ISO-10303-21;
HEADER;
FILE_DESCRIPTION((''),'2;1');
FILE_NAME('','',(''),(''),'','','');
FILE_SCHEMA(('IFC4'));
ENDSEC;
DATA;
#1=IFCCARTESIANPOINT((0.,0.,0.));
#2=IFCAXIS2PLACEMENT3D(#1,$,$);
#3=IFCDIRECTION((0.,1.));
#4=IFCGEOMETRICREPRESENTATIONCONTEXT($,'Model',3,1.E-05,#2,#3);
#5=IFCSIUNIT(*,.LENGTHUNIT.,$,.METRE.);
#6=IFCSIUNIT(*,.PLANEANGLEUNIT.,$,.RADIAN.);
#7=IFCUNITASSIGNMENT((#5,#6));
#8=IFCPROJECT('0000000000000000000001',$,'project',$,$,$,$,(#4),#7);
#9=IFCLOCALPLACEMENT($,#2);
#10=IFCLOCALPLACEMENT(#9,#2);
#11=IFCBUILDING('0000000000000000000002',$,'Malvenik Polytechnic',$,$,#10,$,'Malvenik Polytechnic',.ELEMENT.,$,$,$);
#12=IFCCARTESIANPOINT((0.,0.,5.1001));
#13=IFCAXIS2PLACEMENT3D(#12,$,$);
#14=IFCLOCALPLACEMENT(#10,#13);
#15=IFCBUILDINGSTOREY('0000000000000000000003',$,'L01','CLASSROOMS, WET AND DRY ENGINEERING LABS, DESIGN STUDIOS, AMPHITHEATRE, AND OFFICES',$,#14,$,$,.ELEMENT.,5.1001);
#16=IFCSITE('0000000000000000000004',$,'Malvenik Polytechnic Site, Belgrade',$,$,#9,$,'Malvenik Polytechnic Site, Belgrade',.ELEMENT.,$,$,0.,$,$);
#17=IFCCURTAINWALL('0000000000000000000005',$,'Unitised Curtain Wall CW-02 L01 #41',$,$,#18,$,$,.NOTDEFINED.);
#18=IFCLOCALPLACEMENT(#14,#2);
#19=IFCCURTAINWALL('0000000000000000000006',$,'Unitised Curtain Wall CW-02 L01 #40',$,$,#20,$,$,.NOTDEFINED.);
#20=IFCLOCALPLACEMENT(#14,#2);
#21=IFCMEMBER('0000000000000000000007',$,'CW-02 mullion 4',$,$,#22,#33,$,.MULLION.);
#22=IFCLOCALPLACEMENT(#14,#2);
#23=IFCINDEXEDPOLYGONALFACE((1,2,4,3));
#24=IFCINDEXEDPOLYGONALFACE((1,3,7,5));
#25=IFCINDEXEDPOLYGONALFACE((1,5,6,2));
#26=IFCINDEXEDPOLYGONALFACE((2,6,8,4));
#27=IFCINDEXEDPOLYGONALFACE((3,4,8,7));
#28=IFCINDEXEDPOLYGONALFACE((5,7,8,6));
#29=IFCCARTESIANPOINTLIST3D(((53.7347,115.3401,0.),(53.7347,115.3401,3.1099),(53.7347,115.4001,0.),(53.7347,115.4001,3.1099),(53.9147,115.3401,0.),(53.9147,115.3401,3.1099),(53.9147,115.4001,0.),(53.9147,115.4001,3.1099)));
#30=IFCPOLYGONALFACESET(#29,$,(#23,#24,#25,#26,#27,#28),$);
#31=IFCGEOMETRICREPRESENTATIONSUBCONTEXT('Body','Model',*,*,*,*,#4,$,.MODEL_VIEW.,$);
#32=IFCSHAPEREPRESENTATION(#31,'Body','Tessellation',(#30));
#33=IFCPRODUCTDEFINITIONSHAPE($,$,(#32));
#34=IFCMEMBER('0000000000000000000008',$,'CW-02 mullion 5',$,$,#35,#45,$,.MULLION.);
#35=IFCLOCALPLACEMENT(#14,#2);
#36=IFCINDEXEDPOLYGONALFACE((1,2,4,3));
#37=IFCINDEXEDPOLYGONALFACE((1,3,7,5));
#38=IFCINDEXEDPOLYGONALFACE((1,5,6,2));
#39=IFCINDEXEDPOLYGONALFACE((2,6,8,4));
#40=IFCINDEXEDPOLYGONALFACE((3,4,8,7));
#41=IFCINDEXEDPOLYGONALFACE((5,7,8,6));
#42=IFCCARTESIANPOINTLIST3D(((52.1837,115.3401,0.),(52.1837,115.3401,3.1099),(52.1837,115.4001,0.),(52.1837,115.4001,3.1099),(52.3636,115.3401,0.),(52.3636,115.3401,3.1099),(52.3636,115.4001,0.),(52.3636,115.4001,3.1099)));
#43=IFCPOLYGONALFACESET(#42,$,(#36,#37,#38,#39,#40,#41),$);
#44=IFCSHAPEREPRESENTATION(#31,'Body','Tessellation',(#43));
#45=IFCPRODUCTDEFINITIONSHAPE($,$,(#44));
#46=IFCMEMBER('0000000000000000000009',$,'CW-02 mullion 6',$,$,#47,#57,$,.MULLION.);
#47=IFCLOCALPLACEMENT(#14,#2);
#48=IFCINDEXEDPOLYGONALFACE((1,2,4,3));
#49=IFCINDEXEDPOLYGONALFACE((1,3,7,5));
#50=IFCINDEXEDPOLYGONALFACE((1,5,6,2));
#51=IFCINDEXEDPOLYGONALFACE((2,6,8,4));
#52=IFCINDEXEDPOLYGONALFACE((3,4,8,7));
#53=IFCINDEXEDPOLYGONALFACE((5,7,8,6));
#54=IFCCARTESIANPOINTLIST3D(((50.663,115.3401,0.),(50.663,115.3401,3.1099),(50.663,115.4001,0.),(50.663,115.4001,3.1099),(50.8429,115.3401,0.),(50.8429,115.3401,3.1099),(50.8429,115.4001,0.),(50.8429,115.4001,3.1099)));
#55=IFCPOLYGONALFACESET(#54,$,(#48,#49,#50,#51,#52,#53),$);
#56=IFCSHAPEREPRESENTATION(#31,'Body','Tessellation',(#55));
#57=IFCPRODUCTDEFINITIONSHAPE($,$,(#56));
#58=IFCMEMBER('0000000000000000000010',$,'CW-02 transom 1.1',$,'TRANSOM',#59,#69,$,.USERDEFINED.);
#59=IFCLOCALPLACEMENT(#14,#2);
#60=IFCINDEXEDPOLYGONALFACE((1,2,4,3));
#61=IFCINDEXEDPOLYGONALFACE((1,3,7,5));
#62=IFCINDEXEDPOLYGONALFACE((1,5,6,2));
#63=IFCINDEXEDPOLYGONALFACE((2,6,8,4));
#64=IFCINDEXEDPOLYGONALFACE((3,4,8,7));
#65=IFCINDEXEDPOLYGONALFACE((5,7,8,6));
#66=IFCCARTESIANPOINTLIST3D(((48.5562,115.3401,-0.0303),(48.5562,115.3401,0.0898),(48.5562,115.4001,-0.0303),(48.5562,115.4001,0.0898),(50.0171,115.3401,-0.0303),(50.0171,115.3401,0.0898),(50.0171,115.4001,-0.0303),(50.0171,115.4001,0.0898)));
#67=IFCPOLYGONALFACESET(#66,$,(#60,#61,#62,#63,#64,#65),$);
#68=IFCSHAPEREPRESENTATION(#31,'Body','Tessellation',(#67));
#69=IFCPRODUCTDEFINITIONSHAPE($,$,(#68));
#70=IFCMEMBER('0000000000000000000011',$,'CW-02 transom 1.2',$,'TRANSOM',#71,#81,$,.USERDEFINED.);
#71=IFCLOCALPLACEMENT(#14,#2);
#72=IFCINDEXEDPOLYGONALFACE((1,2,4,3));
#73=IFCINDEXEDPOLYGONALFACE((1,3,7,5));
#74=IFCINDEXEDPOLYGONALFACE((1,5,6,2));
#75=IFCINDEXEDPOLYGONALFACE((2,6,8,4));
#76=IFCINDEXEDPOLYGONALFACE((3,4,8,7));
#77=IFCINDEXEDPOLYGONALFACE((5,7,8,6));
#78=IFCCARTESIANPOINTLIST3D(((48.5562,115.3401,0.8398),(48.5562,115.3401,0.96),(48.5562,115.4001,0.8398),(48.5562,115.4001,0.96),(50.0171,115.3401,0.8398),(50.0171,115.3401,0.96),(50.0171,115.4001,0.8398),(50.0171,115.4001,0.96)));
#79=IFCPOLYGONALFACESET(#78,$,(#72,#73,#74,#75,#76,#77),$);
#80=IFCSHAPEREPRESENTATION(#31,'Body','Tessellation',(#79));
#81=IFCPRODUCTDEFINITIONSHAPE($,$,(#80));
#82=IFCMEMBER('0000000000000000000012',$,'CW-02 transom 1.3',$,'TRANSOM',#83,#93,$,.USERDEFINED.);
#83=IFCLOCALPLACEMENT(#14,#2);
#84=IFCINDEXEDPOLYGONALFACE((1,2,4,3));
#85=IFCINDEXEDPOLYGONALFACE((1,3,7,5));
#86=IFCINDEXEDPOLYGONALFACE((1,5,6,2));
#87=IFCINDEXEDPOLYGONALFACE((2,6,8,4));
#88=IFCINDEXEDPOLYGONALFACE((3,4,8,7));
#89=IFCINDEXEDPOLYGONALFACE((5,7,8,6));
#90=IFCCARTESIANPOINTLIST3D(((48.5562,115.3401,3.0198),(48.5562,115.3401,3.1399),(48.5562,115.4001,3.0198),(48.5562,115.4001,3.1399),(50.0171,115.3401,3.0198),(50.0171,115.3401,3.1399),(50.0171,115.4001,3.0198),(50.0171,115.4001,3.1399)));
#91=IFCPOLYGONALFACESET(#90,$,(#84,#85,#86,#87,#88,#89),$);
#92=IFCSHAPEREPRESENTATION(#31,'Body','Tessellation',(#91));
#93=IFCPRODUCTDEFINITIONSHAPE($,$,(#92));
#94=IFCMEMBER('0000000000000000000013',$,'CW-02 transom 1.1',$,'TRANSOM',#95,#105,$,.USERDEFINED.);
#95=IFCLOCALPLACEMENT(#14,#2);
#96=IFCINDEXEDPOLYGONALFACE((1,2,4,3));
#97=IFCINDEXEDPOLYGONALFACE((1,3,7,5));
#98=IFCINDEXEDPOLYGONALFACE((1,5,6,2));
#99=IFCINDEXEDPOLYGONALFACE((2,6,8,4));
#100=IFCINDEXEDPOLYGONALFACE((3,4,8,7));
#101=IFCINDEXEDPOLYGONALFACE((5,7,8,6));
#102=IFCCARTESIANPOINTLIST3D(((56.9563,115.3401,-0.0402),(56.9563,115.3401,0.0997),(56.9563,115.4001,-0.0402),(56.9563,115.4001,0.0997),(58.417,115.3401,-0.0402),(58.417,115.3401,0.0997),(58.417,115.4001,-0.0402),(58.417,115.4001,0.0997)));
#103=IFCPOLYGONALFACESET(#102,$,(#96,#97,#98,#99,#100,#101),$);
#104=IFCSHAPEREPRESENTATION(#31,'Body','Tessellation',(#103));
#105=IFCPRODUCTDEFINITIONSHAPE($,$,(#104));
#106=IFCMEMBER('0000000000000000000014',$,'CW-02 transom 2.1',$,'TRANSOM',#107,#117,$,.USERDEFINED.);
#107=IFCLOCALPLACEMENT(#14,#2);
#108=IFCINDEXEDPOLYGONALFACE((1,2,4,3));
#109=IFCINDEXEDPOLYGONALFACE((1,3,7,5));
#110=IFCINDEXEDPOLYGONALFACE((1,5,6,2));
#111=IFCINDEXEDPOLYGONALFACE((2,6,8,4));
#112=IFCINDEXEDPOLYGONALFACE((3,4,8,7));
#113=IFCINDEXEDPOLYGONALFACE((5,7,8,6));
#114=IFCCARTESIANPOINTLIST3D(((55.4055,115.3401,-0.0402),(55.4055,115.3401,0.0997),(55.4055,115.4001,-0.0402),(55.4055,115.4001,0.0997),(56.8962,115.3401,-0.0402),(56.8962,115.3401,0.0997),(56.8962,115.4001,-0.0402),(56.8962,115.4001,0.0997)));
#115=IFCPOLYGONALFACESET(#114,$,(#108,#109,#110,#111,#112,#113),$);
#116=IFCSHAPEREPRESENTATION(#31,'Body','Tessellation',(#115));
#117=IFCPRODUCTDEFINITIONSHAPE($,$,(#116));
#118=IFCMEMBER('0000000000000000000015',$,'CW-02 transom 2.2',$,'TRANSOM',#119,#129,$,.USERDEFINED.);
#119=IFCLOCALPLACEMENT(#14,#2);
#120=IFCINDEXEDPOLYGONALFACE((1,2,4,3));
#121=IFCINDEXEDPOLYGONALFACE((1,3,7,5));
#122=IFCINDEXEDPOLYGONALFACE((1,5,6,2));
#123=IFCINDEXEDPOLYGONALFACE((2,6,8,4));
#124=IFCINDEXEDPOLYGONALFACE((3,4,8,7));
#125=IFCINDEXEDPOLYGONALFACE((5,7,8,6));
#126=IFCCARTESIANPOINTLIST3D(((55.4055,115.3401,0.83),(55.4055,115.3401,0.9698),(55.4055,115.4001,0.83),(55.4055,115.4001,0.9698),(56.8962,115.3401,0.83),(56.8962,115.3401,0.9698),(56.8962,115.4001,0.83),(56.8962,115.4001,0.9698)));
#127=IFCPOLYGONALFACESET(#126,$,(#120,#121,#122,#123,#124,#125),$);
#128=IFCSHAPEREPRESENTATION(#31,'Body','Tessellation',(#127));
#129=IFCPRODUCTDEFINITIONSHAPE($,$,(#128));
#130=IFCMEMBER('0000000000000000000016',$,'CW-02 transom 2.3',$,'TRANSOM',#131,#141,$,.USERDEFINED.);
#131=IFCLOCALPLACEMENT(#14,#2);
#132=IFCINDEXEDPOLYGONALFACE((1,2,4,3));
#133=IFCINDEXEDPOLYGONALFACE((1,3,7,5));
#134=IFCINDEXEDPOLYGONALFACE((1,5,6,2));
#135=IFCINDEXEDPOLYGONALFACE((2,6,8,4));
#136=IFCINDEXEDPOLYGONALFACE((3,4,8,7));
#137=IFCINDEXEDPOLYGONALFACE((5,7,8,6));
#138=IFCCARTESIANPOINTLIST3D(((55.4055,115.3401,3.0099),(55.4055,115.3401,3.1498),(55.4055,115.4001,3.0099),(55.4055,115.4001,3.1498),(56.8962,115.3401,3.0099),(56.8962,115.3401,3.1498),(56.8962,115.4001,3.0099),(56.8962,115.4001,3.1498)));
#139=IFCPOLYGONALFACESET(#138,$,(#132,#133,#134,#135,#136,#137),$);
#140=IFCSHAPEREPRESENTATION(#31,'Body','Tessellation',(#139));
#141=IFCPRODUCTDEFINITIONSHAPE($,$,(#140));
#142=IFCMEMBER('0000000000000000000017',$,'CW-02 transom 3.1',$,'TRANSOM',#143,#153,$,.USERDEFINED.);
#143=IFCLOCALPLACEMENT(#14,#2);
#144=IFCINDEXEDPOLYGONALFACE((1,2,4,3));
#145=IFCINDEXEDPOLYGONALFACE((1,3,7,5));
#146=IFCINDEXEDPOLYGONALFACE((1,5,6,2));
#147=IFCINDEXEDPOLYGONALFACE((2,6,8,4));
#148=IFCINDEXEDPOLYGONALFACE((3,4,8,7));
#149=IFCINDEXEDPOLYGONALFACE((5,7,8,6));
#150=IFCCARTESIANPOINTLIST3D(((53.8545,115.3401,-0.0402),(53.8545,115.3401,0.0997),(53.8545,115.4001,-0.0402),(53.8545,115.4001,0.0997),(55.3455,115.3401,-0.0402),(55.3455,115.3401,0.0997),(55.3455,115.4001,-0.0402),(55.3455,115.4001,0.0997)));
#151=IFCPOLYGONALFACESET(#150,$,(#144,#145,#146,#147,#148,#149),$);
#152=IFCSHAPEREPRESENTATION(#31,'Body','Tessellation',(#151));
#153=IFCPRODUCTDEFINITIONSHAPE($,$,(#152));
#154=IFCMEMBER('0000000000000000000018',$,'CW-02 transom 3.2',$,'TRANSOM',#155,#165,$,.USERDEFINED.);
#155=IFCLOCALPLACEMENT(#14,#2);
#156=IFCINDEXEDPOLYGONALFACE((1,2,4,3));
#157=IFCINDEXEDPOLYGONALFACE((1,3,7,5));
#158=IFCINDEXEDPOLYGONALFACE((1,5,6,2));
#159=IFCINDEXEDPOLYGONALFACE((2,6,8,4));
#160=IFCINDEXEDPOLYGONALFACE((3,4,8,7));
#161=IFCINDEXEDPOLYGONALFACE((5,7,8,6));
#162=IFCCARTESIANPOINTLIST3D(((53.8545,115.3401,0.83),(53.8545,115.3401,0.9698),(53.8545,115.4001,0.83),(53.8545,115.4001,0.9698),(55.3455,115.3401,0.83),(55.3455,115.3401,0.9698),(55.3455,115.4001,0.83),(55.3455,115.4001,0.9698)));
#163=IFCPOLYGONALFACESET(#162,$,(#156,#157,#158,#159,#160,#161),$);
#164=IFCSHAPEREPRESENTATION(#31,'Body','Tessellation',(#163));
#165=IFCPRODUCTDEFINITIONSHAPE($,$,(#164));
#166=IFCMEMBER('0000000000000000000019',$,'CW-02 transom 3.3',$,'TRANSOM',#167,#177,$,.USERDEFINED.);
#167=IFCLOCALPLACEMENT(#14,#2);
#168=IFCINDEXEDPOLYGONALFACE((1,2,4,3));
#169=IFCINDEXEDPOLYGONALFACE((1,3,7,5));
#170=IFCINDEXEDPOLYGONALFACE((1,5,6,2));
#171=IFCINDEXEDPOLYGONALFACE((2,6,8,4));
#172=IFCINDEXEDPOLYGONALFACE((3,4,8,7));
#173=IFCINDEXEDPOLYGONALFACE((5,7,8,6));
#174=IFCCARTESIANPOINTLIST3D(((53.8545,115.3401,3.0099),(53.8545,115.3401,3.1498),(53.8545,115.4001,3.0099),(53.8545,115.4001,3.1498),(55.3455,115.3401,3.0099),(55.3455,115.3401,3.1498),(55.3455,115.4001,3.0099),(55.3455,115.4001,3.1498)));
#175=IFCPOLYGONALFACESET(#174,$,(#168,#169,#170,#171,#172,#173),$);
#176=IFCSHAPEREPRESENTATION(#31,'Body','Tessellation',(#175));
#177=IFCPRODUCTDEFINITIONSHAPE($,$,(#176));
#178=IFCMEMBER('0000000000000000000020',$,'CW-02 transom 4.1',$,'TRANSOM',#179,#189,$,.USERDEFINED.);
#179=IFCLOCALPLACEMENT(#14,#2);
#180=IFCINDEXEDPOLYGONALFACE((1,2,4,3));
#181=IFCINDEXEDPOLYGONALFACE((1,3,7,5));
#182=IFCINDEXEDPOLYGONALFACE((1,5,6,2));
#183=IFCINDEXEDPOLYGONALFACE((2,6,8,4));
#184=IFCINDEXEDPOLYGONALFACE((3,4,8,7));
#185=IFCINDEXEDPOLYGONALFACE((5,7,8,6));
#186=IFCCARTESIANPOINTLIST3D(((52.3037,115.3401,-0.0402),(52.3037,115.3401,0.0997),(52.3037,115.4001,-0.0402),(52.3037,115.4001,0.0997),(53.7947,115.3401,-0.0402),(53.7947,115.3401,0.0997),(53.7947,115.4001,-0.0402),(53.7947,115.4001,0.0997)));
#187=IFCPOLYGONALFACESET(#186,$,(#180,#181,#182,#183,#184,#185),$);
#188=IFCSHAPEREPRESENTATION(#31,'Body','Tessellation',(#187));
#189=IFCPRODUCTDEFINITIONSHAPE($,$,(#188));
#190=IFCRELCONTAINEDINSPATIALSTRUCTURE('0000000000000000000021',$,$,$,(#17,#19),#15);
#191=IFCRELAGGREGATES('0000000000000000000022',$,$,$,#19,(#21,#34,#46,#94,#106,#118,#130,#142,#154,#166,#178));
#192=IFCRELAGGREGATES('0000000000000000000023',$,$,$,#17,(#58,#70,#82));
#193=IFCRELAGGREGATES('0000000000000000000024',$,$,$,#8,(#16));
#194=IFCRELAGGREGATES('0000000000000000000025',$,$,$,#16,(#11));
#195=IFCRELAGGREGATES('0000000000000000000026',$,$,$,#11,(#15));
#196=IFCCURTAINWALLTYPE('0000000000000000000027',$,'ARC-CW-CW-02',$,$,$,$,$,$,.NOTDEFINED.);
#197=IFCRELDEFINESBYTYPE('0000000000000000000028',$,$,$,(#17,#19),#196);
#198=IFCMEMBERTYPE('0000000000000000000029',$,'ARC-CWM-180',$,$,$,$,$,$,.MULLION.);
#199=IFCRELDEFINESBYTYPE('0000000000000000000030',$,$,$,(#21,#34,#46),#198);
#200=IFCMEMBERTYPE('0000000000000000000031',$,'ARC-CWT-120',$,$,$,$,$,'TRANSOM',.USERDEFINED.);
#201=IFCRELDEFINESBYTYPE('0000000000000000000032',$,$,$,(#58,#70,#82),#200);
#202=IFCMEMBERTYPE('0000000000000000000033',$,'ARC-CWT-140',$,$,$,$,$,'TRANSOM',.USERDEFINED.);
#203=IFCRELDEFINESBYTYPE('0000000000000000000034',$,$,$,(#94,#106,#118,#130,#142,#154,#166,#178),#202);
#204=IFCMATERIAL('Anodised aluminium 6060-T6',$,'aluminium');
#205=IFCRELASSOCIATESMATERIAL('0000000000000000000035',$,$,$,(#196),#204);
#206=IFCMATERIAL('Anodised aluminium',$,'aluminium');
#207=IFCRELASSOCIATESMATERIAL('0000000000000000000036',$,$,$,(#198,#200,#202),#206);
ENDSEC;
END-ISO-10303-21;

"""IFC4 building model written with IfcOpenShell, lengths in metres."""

from ifc_helpers import new_model, si_unit, direction, frame, origin, origin_2d, place, context, subcontext, project, spatial, rectangle, extrude, material, material_profile, profile_set, type_object, element, aggregate, save


model = new_model("IFC4")

# Units and contexts
model_context = context("Model", 3, precision=1e-05, world=origin(), true_north=direction((0.0, 1.0)))
body_context = subcontext(model_context, "Body", "Model", "MODEL_VIEW")
ifc_project = project(units=[si_unit("LENGTHUNIT", "METRE"), si_unit("PLANEANGLEUNIT", "RADIAN")], contexts=[model_context])

# Site, building, storey
site_placement = place(None, origin())
site = spatial("IfcSite", under=ifc_project, at=site_placement, Name="Malvenik Polytechnic Site, Belgrade", LongName="Malvenik Polytechnic Site, Belgrade", CompositionType="ELEMENT", RefElevation=0.0)
building_placement = place(site_placement, origin())
building = spatial("IfcBuilding", under=site, at=building_placement, Name="Malvenik Polytechnic", LongName="Malvenik Polytechnic", CompositionType="ELEMENT")
storey_placement = place(building_placement, frame((0.0, 0.0, 5.1001)))
storey = spatial("IfcBuildingStorey", under=building, at=storey_placement, Name="L01", Description="CLASSROOMS, WET AND DRY ENGINEERING LABS, DESIGN STUDIOS, AMPHITHEATRE, AND OFFICES", CompositionType="ELEMENT", Elevation=5.1001)

# Curtain wall
ifc_material_1 = material(Name="Anodised aluminium 6060-T6", Category="aluminium")
curtain_wall_type = type_object("IfcCurtainWallType", Name="ARC-CW-CW-02", PredefinedType="NOTDEFINED", material=ifc_material_1)
curtain_wall_1_placement = place(storey_placement, origin())
curtain_wall_1 = element("IfcCurtainWall", 1, at=curtain_wall_1_placement, inside=storey, type_object=curtain_wall_type, Name="Unitised Curtain Wall CW-02 L01 #41", PredefinedType="NOTDEFINED")
ifc_material_2 = material(Name="Anodised aluminium", Category="aluminium")

# Curtain wall, members
curtain_wall_2_placement = place(storey_placement, origin())
curtain_wall_2 = element("IfcCurtainWall", 2, at=curtain_wall_2_placement, inside=storey, type_object=curtain_wall_type, Name="Unitised Curtain Wall CW-02 L01 #40", PredefinedType="NOTDEFINED")
ifc_material_profile_1 = material_profile(ifc_material_2, rectangle(XDim=0.0601, YDim=0.1799, at=origin_2d()), Name="ALU MULLION 60x180")
ifc_profile_set_1 = profile_set([ifc_material_profile_1], Name="Anodised aluminium")
member_type_1 = type_object("IfcMemberType", Name="ARC-CWM-180", PredefinedType="MULLION", material=ifc_profile_set_1)
member_1_placement = place(storey_placement, frame((53.8247, 115.3701, 0.0), z_axis=(0.0, 0.0, 1.0), x_axis=(0.0, -1.0, 0.0)))
member_1 = element("IfcMember", 3, at=member_1_placement, type_object=member_type_1, Name="CW-02 mullion 4", PredefinedType="MULLION", context=body_context, shape_type="SweptSolid", body=[
    extrude(rectangle(XDim=0.0601, YDim=0.1799, at=origin_2d()), origin(), (0.0, 0.0, 1.0), 3.1099),
])
member_2_placement = place(storey_placement, frame((52.2737, 115.3701, 0.0), z_axis=(0.0, 0.0, 1.0), x_axis=(0.0, -1.0, 0.0)))
member_2 = element("IfcMember", 4, at=member_2_placement, type_object=member_type_1, Name="CW-02 mullion 5", PredefinedType="MULLION", context=body_context, shape_type="SweptSolid", body=[
    extrude(rectangle(XDim=0.0601, YDim=0.1799, at=origin_2d()), origin(), (0.0, 0.0, 1.0), 3.1099),
])
member_3_placement = place(storey_placement, frame((50.7529, 115.3701, 0.0), z_axis=(0.0, 0.0, 1.0), x_axis=(0.0, -1.0, 0.0)))
member_3 = element("IfcMember", 5, at=member_3_placement, type_object=member_type_1, Name="CW-02 mullion 6", PredefinedType="MULLION", context=body_context, shape_type="SweptSolid", body=[
    extrude(rectangle(XDim=0.0601, YDim=0.1799, at=origin_2d()), origin(), (0.0, 0.0, 1.0), 3.1099),
])

# Members
ifc_material_profile_2 = material_profile(ifc_material_2, rectangle(XDim=0.0601, YDim=0.1201, at=origin_2d()), Name="ALU TRANSOM 60x120")
ifc_profile_set_2 = profile_set([ifc_material_profile_2], Name="Anodised aluminium")
member_type_2 = type_object("IfcMemberType", Name="ARC-CWT-120", ElementType="TRANSOM", PredefinedType="USERDEFINED", material=ifc_profile_set_2)
member_4_placement = place(storey_placement, frame((50.0171, 115.3701, 0.0298), z_axis=(-1.0, 0.0, 0.0), x_axis=(0.0, -1.0, 0.0)))
member_4 = element("IfcMember", 6, at=member_4_placement, type_object=member_type_2, Name="CW-02 transom 1.1", ObjectType="TRANSOM", PredefinedType="USERDEFINED", context=body_context, shape_type="SweptSolid", body=[
    extrude(rectangle(XDim=0.0601, YDim=0.1201, at=origin_2d()), origin(), (0.0, 0.0, 1.0), 1.4609),
])
member_5_placement = place(storey_placement, frame((50.0171, 115.3701, 0.8999), z_axis=(-1.0, 0.0, 0.0), x_axis=(0.0, -1.0, 0.0)))
member_5 = element("IfcMember", 7, at=member_5_placement, type_object=member_type_2, Name="CW-02 transom 1.2", ObjectType="TRANSOM", PredefinedType="USERDEFINED", context=body_context, shape_type="SweptSolid", body=[
    extrude(rectangle(XDim=0.0601, YDim=0.1201, at=origin_2d()), origin(), (0.0, 0.0, 1.0), 1.4609),
])
member_6_placement = place(storey_placement, frame((50.0171, 115.3701, 3.0798), z_axis=(-1.0, 0.0, 0.0), x_axis=(0.0, -1.0, 0.0)))
member_6 = element("IfcMember", 8, at=member_6_placement, type_object=member_type_2, Name="CW-02 transom 1.3", ObjectType="TRANSOM", PredefinedType="USERDEFINED", context=body_context, shape_type="SweptSolid", body=[
    extrude(rectangle(XDim=0.0601, YDim=0.1201, at=origin_2d()), origin(), (0.0, 0.0, 1.0), 1.4609),
])
ifc_material_profile_3 = material_profile(ifc_material_2, rectangle(XDim=0.0601, YDim=0.1399, at=origin_2d()), Name="ALU TRANSOM 60x140")
ifc_profile_set_3 = profile_set([ifc_material_profile_3], Name="Anodised aluminium")
member_type_3 = type_object("IfcMemberType", Name="ARC-CWT-140", ElementType="TRANSOM", PredefinedType="USERDEFINED", material=ifc_profile_set_3)
member_7_placement = place(storey_placement, frame((58.417, 115.3701, 0.0298), z_axis=(-1.0, 0.0, 0.0), x_axis=(0.0, -1.0, 0.0)))
member_7 = element("IfcMember", 9, at=member_7_placement, type_object=member_type_3, Name="CW-02 transom 1.1", ObjectType="TRANSOM", PredefinedType="USERDEFINED", context=body_context, shape_type="SweptSolid", body=[
    extrude(rectangle(XDim=0.0601, YDim=0.1399, at=origin_2d()), origin(), (0.0, 0.0, 1.0), 1.4607),
])
member_8_placement = place(storey_placement, frame((56.8962, 115.3701, 0.0298), z_axis=(-1.0, 0.0, 0.0), x_axis=(0.0, -1.0, 0.0)))
member_8 = element("IfcMember", 10, at=member_8_placement, type_object=member_type_3, Name="CW-02 transom 2.1", ObjectType="TRANSOM", PredefinedType="USERDEFINED", context=body_context, shape_type="SweptSolid", body=[
    extrude(rectangle(XDim=0.0601, YDim=0.1399, at=origin_2d()), origin(), (0.0, 0.0, 1.0), 1.4907),
])
member_9_placement = place(storey_placement, frame((56.8962, 115.3701, 0.8999), z_axis=(-1.0, 0.0, 0.0), x_axis=(0.0, -1.0, 0.0)))
member_9 = element("IfcMember", 11, at=member_9_placement, type_object=member_type_3, Name="CW-02 transom 2.2", ObjectType="TRANSOM", PredefinedType="USERDEFINED", context=body_context, shape_type="SweptSolid", body=[
    extrude(rectangle(XDim=0.0601, YDim=0.1399, at=origin_2d()), origin(), (0.0, 0.0, 1.0), 1.4907),
])
member_10_placement = place(storey_placement, frame((56.8962, 115.3701, 3.0798), z_axis=(-1.0, 0.0, 0.0), x_axis=(0.0, -1.0, 0.0)))
member_10 = element("IfcMember", 12, at=member_10_placement, type_object=member_type_3, Name="CW-02 transom 2.3", ObjectType="TRANSOM", PredefinedType="USERDEFINED", context=body_context, shape_type="SweptSolid", body=[
    extrude(rectangle(XDim=0.0601, YDim=0.1399, at=origin_2d()), origin(), (0.0, 0.0, 1.0), 1.4907),
])
member_11_placement = place(storey_placement, frame((55.3455, 115.3701, 0.0298), z_axis=(-1.0, 0.0, 0.0), x_axis=(0.0, -1.0, 0.0)))
member_11 = element("IfcMember", 13, at=member_11_placement, type_object=member_type_3, Name="CW-02 transom 3.1", ObjectType="TRANSOM", PredefinedType="USERDEFINED", context=body_context, shape_type="SweptSolid", body=[
    extrude(rectangle(XDim=0.0601, YDim=0.1399, at=origin_2d()), origin(), (0.0, 0.0, 1.0), 1.491),
])
member_12_placement = place(storey_placement, frame((55.3455, 115.3701, 0.8999), z_axis=(-1.0, 0.0, 0.0), x_axis=(0.0, -1.0, 0.0)))
member_12 = element("IfcMember", 14, at=member_12_placement, type_object=member_type_3, Name="CW-02 transom 3.2", ObjectType="TRANSOM", PredefinedType="USERDEFINED", context=body_context, shape_type="SweptSolid", body=[
    extrude(rectangle(XDim=0.0601, YDim=0.1399, at=origin_2d()), origin(), (0.0, 0.0, 1.0), 1.491),
])
member_13_placement = place(storey_placement, frame((55.3455, 115.3701, 3.0798), z_axis=(-1.0, 0.0, 0.0), x_axis=(0.0, -1.0, 0.0)))
member_13 = element("IfcMember", 15, at=member_13_placement, type_object=member_type_3, Name="CW-02 transom 3.3", ObjectType="TRANSOM", PredefinedType="USERDEFINED", context=body_context, shape_type="SweptSolid", body=[
    extrude(rectangle(XDim=0.0601, YDim=0.1399, at=origin_2d()), origin(), (0.0, 0.0, 1.0), 1.491),
])
member_14_placement = place(storey_placement, frame((53.7947, 115.3701, 0.0298), z_axis=(-1.0, 0.0, 0.0), x_axis=(0.0, -1.0, 0.0)))
member_14 = element("IfcMember", 16, at=member_14_placement, type_object=member_type_3, Name="CW-02 transom 4.1", ObjectType="TRANSOM", PredefinedType="USERDEFINED", context=body_context, shape_type="SweptSolid", body=[
    extrude(rectangle(XDim=0.0601, YDim=0.1399, at=origin_2d()), origin(), (0.0, 0.0, 1.0), 1.491),
])

aggregate(curtain_wall_2, [member_1, member_2, member_3, member_7, member_8, member_9, member_10, member_11, member_12, member_13, member_14])
aggregate(curtain_wall_1, [member_4, member_5, member_6])

save(model, "model.ifc")
